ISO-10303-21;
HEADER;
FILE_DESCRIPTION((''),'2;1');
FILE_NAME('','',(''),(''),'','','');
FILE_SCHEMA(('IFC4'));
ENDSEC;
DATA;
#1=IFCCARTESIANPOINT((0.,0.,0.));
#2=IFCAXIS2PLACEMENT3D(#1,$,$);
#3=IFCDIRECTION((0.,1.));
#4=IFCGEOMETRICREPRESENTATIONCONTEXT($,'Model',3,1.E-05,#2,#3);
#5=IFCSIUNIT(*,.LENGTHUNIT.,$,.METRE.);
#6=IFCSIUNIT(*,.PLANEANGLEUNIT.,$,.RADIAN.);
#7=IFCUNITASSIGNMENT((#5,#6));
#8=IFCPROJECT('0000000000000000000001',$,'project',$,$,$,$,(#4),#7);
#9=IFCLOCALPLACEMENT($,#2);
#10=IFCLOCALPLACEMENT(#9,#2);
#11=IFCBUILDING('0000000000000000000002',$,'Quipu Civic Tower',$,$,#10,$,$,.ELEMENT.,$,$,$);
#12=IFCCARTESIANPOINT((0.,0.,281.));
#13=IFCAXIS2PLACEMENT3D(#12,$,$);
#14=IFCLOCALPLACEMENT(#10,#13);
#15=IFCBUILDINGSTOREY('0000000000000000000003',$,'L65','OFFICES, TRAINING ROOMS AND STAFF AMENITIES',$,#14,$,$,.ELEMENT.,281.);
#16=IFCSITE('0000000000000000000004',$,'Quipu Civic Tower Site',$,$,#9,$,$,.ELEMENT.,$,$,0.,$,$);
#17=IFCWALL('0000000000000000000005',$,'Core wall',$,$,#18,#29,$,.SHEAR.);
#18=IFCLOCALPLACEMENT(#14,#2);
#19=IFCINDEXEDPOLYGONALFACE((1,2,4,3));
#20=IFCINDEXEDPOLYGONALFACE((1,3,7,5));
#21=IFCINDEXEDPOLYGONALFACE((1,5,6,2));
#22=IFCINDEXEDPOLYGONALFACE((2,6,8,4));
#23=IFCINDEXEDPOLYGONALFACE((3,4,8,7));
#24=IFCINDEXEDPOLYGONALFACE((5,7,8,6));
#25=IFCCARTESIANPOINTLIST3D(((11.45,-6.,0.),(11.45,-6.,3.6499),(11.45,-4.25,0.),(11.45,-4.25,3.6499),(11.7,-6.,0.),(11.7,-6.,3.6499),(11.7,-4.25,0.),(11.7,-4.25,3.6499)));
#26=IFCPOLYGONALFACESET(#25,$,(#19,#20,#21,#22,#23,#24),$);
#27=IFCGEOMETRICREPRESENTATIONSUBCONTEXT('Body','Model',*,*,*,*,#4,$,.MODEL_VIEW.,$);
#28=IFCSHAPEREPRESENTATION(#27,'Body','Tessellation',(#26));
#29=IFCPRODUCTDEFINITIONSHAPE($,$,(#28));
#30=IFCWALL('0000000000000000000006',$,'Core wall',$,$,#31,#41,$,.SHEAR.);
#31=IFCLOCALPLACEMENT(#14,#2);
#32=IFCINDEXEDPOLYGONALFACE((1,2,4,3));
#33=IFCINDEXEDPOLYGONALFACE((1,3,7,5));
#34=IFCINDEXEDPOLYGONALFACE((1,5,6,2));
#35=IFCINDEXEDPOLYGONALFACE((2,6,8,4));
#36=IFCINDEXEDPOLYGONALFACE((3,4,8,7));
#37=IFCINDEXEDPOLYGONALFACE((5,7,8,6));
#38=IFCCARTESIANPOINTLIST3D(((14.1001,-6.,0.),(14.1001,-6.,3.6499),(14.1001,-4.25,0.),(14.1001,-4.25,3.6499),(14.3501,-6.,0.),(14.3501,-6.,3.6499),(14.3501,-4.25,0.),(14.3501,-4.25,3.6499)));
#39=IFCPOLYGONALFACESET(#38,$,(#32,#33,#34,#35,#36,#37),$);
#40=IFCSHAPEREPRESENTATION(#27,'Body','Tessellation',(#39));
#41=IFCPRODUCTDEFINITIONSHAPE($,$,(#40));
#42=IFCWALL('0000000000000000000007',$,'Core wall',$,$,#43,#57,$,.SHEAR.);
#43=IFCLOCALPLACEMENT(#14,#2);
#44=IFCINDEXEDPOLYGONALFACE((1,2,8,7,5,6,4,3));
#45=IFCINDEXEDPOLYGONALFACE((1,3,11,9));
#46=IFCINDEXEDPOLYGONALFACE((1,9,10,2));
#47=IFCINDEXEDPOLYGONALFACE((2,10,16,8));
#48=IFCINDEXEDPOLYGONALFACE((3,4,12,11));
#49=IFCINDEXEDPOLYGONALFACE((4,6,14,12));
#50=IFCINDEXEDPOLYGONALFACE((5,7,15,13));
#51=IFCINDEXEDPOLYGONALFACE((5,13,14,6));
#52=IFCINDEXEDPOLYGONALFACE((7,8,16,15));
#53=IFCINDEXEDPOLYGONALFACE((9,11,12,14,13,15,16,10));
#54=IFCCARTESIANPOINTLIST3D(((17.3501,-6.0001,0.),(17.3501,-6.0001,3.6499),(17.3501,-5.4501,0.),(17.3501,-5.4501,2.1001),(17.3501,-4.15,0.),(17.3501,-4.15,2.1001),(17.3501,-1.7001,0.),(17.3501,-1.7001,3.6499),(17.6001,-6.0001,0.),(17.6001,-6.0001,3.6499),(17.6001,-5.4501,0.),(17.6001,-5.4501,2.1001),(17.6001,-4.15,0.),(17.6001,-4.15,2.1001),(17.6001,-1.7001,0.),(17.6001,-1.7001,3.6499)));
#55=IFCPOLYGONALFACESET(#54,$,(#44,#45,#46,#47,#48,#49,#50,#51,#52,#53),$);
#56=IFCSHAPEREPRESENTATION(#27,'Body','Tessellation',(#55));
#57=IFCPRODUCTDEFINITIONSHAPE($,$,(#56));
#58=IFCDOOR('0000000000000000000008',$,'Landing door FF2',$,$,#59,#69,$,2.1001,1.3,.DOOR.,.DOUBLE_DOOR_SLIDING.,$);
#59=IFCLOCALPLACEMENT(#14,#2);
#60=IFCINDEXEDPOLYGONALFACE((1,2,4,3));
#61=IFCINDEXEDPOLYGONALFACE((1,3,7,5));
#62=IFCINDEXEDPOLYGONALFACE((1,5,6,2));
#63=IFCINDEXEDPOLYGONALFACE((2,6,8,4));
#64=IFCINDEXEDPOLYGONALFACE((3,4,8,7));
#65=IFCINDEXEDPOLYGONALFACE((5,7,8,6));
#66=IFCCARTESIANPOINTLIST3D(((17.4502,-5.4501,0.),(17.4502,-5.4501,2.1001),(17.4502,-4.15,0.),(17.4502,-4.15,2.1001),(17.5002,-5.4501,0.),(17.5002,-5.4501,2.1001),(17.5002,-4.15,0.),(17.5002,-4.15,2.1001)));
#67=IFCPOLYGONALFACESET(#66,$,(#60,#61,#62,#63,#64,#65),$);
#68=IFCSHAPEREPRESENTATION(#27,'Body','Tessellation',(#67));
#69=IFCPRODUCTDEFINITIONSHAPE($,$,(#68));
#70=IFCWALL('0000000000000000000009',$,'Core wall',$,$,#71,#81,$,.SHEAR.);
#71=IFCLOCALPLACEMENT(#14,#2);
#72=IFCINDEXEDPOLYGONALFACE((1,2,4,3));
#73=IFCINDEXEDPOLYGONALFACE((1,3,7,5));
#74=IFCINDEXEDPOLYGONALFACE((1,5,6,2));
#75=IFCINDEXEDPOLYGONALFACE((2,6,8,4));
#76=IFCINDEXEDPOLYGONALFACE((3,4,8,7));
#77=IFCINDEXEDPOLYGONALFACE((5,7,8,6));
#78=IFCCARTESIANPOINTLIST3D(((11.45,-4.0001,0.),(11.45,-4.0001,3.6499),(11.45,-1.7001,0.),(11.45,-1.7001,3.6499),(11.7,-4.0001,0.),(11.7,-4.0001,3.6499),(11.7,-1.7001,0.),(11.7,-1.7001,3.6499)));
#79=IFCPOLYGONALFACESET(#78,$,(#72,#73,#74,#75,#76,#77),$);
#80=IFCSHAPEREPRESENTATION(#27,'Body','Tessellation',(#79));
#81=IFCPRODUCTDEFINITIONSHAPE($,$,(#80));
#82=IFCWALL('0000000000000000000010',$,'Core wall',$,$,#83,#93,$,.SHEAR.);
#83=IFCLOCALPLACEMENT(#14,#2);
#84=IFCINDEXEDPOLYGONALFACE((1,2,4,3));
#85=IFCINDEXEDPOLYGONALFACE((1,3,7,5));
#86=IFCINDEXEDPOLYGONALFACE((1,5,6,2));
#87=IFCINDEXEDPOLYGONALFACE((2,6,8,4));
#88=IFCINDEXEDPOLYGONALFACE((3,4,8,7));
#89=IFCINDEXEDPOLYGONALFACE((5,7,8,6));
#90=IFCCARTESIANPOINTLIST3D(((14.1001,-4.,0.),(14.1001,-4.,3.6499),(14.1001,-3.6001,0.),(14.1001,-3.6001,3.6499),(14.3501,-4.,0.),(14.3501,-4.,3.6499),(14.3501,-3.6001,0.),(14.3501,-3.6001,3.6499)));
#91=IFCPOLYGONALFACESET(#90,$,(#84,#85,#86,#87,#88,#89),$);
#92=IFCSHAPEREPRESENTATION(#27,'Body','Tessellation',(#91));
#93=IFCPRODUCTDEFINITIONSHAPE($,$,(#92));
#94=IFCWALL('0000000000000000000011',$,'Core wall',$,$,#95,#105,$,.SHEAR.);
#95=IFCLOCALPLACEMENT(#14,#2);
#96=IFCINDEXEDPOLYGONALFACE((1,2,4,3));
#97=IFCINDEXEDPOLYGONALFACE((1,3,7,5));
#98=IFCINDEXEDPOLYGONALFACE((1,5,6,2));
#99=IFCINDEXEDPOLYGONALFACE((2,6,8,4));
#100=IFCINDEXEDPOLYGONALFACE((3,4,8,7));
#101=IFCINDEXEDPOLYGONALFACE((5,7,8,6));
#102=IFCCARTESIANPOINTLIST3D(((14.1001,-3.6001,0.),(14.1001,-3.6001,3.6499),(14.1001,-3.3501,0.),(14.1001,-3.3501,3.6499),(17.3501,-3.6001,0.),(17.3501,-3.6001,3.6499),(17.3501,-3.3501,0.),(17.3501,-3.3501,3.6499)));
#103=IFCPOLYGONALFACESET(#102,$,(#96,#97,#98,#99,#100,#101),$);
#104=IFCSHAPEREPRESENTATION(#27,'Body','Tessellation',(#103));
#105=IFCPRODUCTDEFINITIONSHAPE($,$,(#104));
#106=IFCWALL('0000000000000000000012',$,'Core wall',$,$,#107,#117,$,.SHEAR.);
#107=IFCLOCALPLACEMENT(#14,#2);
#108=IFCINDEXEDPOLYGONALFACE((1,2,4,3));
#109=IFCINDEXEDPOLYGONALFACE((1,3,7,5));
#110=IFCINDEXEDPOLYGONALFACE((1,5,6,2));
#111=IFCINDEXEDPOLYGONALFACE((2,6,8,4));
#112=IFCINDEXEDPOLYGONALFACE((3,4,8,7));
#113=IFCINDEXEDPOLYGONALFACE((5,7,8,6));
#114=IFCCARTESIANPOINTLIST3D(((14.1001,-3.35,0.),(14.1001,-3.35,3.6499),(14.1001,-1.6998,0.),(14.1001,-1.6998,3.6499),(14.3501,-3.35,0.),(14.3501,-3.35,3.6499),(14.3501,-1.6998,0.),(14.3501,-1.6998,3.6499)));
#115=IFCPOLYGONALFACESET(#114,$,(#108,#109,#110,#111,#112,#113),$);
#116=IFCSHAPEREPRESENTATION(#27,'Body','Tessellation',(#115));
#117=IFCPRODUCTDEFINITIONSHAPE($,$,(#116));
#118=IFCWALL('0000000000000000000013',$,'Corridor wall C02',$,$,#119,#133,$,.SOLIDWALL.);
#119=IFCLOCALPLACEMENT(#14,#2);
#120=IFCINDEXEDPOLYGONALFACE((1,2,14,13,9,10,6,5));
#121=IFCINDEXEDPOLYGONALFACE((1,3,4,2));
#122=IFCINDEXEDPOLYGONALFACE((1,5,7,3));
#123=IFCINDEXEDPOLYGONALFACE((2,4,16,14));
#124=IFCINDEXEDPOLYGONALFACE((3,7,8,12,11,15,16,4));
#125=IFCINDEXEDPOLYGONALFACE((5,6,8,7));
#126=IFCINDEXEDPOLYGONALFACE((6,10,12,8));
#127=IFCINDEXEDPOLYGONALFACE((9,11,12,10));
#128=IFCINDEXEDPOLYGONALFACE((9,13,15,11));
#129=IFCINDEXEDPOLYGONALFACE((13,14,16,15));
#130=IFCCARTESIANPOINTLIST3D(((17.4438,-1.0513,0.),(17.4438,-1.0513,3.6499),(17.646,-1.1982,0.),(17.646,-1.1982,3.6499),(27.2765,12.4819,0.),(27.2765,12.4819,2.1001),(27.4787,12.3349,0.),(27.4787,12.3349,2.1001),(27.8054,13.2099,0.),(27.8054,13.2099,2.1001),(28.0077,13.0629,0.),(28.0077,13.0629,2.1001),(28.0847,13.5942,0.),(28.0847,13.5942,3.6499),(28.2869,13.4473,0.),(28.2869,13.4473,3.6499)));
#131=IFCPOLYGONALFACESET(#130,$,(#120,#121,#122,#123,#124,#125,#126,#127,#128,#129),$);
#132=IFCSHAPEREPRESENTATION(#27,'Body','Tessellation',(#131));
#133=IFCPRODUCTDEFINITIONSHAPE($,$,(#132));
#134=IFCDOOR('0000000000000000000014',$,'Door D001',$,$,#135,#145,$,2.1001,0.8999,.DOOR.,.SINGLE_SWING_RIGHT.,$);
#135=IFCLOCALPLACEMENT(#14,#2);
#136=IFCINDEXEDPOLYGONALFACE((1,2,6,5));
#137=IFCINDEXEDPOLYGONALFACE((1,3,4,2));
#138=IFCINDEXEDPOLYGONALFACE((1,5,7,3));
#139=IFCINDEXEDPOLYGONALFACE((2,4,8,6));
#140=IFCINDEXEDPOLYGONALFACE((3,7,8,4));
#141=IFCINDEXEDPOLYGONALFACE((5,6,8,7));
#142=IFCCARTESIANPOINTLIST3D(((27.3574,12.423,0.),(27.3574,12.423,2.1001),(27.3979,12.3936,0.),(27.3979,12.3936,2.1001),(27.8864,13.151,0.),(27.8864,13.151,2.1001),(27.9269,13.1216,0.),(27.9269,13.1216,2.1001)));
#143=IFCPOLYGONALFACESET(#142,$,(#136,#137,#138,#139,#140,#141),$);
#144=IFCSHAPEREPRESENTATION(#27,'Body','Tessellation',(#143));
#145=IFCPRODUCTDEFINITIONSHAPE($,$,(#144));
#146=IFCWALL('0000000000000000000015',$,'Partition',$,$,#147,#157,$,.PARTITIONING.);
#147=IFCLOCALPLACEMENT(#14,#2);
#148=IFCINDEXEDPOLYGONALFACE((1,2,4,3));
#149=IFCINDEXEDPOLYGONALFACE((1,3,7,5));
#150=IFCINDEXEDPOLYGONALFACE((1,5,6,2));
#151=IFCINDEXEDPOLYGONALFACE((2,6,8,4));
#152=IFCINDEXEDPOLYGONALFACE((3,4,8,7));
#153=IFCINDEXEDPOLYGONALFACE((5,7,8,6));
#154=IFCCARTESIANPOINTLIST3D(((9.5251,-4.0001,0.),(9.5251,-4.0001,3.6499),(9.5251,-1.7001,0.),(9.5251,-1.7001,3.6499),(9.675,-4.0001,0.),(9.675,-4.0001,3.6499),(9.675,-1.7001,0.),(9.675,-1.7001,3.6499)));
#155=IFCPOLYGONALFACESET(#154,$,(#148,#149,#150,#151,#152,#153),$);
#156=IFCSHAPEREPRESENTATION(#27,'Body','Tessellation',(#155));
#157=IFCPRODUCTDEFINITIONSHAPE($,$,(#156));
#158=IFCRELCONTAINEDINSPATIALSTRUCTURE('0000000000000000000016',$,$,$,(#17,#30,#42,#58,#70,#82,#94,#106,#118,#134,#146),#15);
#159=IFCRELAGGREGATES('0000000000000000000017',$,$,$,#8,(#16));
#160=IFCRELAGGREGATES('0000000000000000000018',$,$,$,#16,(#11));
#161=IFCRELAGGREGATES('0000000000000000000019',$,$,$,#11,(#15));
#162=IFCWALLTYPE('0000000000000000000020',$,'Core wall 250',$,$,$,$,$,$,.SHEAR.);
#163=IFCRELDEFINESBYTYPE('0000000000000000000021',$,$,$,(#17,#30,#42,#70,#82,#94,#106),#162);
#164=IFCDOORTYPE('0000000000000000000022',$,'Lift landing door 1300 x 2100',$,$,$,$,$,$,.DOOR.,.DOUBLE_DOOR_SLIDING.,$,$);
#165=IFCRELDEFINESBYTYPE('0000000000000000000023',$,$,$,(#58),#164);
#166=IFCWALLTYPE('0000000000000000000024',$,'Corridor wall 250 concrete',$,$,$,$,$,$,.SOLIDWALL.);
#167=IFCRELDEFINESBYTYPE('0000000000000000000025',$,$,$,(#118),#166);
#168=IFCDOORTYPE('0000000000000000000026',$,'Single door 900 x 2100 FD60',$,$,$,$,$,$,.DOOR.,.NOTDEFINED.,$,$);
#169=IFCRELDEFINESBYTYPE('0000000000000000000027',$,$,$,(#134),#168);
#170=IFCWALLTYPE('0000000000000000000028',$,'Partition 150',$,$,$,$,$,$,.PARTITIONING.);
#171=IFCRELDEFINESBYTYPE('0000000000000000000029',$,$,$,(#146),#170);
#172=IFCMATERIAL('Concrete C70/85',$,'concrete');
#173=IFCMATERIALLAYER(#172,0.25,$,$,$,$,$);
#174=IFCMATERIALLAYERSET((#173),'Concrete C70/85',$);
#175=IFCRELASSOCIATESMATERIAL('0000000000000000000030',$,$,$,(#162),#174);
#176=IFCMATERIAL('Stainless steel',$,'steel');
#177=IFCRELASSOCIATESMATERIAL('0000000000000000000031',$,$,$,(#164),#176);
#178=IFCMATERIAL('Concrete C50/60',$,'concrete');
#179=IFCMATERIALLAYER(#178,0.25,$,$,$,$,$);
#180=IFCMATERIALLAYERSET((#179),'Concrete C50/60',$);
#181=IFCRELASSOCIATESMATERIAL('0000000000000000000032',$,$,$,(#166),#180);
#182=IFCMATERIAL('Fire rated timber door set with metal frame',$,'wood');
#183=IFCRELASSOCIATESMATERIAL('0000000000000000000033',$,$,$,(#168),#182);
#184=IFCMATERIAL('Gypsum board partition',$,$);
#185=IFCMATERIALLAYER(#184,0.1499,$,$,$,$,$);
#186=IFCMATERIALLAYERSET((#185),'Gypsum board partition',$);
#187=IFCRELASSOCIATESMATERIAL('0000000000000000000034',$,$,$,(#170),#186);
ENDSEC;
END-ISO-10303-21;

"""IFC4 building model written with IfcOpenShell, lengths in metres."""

from ifc_helpers import new_model, si_unit, direction, frame, frame_2d, origin, place, context, subcontext, project, spatial, rectangle, extrude, material, layer, layer_set, type_object, element, fill, save


model = new_model("IFC4")

# Units and contexts
model_context = context("Model", 3, precision=1e-05, world=origin(), true_north=direction((0.0, 1.0)))
body_context = subcontext(model_context, "Body", "Model", "MODEL_VIEW")
ifc_project = project(units=[si_unit("LENGTHUNIT", "METRE"), si_unit("PLANEANGLEUNIT", "RADIAN")], contexts=[model_context])

# Site, building, storey
site_placement = place(None, origin())
site = spatial("IfcSite", under=ifc_project, at=site_placement, Name="Quipu Civic Tower Site", CompositionType="ELEMENT", RefElevation=0.0)
building_placement = place(site_placement, origin())
building = spatial("IfcBuilding", under=site, at=building_placement, Name="Quipu Civic Tower", CompositionType="ELEMENT")
storey_placement = place(building_placement, frame((0.0, 0.0, 281.0)))
storey = spatial("IfcBuildingStorey", under=building, at=storey_placement, Name="L65", Description="OFFICES, TRAINING ROOMS AND STAFF AMENITIES", CompositionType="ELEMENT", Elevation=281.0)

# Walls
ifc_material_1 = material(Name="Concrete C70/85", Category="concrete")
ifc_layer_1 = layer(ifc_material_1, 0.25)
ifc_layer_set_1 = layer_set([ifc_layer_1], Name="Concrete C70/85")
wall_type_1 = type_object("IfcWallType", Name="Core wall 250", PredefinedType="SHEAR", material=ifc_layer_set_1)
for number, where, z_axis, x_axis, name in (
    (1, (11.575, -6.0, 0.0), (0.0, 0.0, 1.0), (0.0, 1.0, 0.0), "Core wall"),
    (2, (14.2251, -6.0, 0.0), (0.0, 0.0, 1.0), (0.0, 1.0, 0.0), "Core wall"),
):
    element("IfcWall", number, at=place(storey_placement, frame(where, z_axis=z_axis, x_axis=x_axis)), inside=storey, type_object=wall_type_1, Name=name, PredefinedType="SHEAR", context=body_context, shape_type="SweptSolid", body=[
        extrude(rectangle(XDim=1.75, YDim=0.25, at=frame_2d((0.875, 0.0))), origin(), (0.0, 0.0, 1.0), 3.6499),
    ])

# Wall, opening, door
wall_1_placement = place(storey_placement, frame((17.4751, -6.0, 0.0), z_axis=(0.0, 0.0, 1.0), x_axis=(0.0, 1.0, 0.0)))
wall_1 = element("IfcWall", 3, at=wall_1_placement, inside=storey, type_object=wall_type_1, Name="Core wall", PredefinedType="SHEAR", context=body_context, shape_type="SweptSolid", body=[
    extrude(rectangle(XDim=4.3, YDim=0.25, at=frame_2d((2.1499, 0.0))), origin(), (0.0, 0.0, 1.0), 3.6499),
])
opening_1_placement = place(wall_1_placement, frame((0.55, 0.0, 0.0)))
opening_1 = element("IfcOpeningElement", 4, at=opening_1_placement, cuts=wall_1, PredefinedType="OPENING", context=body_context, shape_type="SweptSolid", body=[
    extrude(rectangle(XDim=1.3, YDim=2.1001, at=frame_2d((0.6499, 1.05))), frame((0.0, 0.135, 0.0), z_axis=(0.0, -1.0, 0.0), x_axis=(1.0, 0.0, 0.0)), (0.0, 0.0, 1.0), 0.27),
])
ifc_material_2 = material(Name="Stainless steel", Category="steel")
door_type_1 = type_object("IfcDoorType", Name="Lift landing door 1300 x 2100", OperationType="DOUBLE_DOOR_SLIDING", PredefinedType="DOOR", material=ifc_material_2)
door_1_placement = place(opening_1_placement, origin())
door_1 = element("IfcDoor", 5, at=door_1_placement, inside=storey, type_object=door_type_1, Name="Landing door FF2", OperationType="DOUBLE_DOOR_SLIDING", OverallHeight=2.1001, OverallWidth=1.3, PredefinedType="DOOR", context=body_context, shape_type="SweptSolid", body=[
    extrude(rectangle(XDim=1.3, YDim=2.1001, at=frame_2d((0.6499, 1.05))), frame((0.0, 0.0249, 0.0), z_axis=(0.0, -1.0, 0.0), x_axis=(1.0, 0.0, 0.0)), (0.0, 0.0, 1.0), 0.05),
])
fill(opening_1, door_1)

# Walls
wall_2_placement = place(storey_placement, frame((11.575, -4.0, 0.0), z_axis=(0.0, 0.0, 1.0), x_axis=(0.0, 1.0, 0.0)))
element("IfcWall", 6, at=wall_2_placement, inside=storey, type_object=wall_type_1, Name="Core wall", PredefinedType="SHEAR", context=body_context, shape_type="SweptSolid", body=[
    extrude(rectangle(XDim=2.3, YDim=0.25, at=frame_2d((1.1499, 0.0))), origin(), (0.0, 0.0, 1.0), 3.6499),
])
wall_3_placement = place(storey_placement, frame((14.2251, -4.0, 0.0), z_axis=(0.0, 0.0, 1.0), x_axis=(0.0, 1.0, 0.0)))
element("IfcWall", 7, at=wall_3_placement, inside=storey, type_object=wall_type_1, Name="Core wall", PredefinedType="SHEAR", context=body_context, shape_type="SweptSolid", body=[
    extrude(rectangle(XDim=0.3999, YDim=0.25, at=frame_2d((0.2, 0.0))), origin(), (0.0, 0.0, 1.0), 3.6499),
])
wall_4_placement = place(storey_placement, frame((14.1001, -3.4751, 0.0), z_axis=(0.0, 0.0, 1.0), x_axis=(1.0, 0.0, 0.0)))
element("IfcWall", 8, at=wall_4_placement, inside=storey, type_object=wall_type_1, Name="Core wall", PredefinedType="SHEAR", context=body_context, shape_type="SweptSolid", body=[
    extrude(rectangle(XDim=3.25, YDim=0.25, at=frame_2d((1.625, 0.0))), origin(), (0.0, 0.0, 1.0), 3.6499),
])
wall_5_placement = place(storey_placement, frame((14.2251, -3.3501, 0.0), z_axis=(0.0, 0.0, 1.0), x_axis=(0.0, 1.0, 0.0)))
element("IfcWall", 9, at=wall_5_placement, inside=storey, type_object=wall_type_1, Name="Core wall", PredefinedType="SHEAR", context=body_context, shape_type="SweptSolid", body=[
    extrude(rectangle(XDim=1.6501, YDim=0.25, at=frame_2d((0.8252, 0.0))), origin(), (0.0, 0.0, 1.0), 3.6499),
])

# Wall, opening, door
ifc_material_3 = material(Name="Concrete C50/60", Category="concrete")
ifc_layer_2 = layer(ifc_material_3, 0.25)
ifc_layer_set_2 = layer_set([ifc_layer_2], Name="Concrete C50/60")
wall_type_2 = type_object("IfcWallType", Name="Corridor wall 250 concrete", PredefinedType="SOLIDWALL", material=ifc_layer_set_2)
wall_6_placement = place(storey_placement, frame((17.5449, -1.1248, 0.0), z_axis=(0.0, 0.0, 1.0), x_axis=(0.587796, 0.80901, 0.0)))
wall_6 = element("IfcWall", 10, at=wall_6_placement, inside=storey, type_object=wall_type_2, Name="Corridor wall C02", PredefinedType="SOLIDWALL", context=body_context, shape_type="SweptSolid", body=[
    extrude(rectangle(XDim=18.103, YDim=0.25, at=frame_2d((9.0515, 0.0))), origin(), (0.0, 0.0, 1.0), 3.6499),
])
opening_2_placement = place(wall_6_placement, frame((16.728, 0.0, 0.0)))
opening_2 = element("IfcOpeningElement", 11, at=opening_2_placement, cuts=wall_6, PredefinedType="OPENING", context=body_context, shape_type="SweptSolid", body=[
    extrude(rectangle(XDim=0.8999, YDim=2.1001, at=frame_2d((0.45, 1.05))), frame((0.0, 0.135, 0.0), z_axis=(0.0, -1.0, 0.0), x_axis=(1.0, 0.0, 0.0)), (0.0, 0.0, 1.0), 0.27),
])
ifc_material_4 = material(Name="Fire rated timber door set with metal frame", Category="wood")
door_type_2 = type_object("IfcDoorType", Name="Single door 900 x 2100 FD60", OperationType="NOTDEFINED", PredefinedType="DOOR", material=ifc_material_4)
door_2_placement = place(opening_2_placement, origin())
door_2 = element("IfcDoor", 12, at=door_2_placement, inside=storey, type_object=door_type_2, Name="Door D001", OperationType="SINGLE_SWING_RIGHT", OverallHeight=2.1001, OverallWidth=0.8999, PredefinedType="DOOR", context=body_context, shape_type="SweptSolid", body=[
    extrude(rectangle(XDim=0.8999, YDim=2.1001, at=frame_2d((0.45, 1.05))), frame((0.0, 0.0249, 0.0), z_axis=(0.0, -1.0, 0.0), x_axis=(1.0, 0.0, 0.0)), (0.0, 0.0, 1.0), 0.05),
])
fill(opening_2, door_2)

# Wall
ifc_material_5 = material(Name="Gypsum board partition")
ifc_layer_3 = layer(ifc_material_5, 0.1499)
ifc_layer_set_3 = layer_set([ifc_layer_3], Name="Gypsum board partition")
wall_type_3 = type_object("IfcWallType", Name="Partition 150", PredefinedType="PARTITIONING", material=ifc_layer_set_3)
wall_7_placement = place(storey_placement, frame((9.6001, -4.0, 0.0), z_axis=(0.0, 0.0, 1.0), x_axis=(0.0, 1.0, 0.0)))
element("IfcWall", 13, at=wall_7_placement, inside=storey, type_object=wall_type_3, Name="Partition", PredefinedType="PARTITIONING", context=body_context, shape_type="SweptSolid", body=[
    extrude(rectangle(XDim=2.3, YDim=0.1499, at=frame_2d((1.1499, 0.0))), origin(), (0.0, 0.0, 1.0), 3.6499),
])

save(model, "model.ifc")
